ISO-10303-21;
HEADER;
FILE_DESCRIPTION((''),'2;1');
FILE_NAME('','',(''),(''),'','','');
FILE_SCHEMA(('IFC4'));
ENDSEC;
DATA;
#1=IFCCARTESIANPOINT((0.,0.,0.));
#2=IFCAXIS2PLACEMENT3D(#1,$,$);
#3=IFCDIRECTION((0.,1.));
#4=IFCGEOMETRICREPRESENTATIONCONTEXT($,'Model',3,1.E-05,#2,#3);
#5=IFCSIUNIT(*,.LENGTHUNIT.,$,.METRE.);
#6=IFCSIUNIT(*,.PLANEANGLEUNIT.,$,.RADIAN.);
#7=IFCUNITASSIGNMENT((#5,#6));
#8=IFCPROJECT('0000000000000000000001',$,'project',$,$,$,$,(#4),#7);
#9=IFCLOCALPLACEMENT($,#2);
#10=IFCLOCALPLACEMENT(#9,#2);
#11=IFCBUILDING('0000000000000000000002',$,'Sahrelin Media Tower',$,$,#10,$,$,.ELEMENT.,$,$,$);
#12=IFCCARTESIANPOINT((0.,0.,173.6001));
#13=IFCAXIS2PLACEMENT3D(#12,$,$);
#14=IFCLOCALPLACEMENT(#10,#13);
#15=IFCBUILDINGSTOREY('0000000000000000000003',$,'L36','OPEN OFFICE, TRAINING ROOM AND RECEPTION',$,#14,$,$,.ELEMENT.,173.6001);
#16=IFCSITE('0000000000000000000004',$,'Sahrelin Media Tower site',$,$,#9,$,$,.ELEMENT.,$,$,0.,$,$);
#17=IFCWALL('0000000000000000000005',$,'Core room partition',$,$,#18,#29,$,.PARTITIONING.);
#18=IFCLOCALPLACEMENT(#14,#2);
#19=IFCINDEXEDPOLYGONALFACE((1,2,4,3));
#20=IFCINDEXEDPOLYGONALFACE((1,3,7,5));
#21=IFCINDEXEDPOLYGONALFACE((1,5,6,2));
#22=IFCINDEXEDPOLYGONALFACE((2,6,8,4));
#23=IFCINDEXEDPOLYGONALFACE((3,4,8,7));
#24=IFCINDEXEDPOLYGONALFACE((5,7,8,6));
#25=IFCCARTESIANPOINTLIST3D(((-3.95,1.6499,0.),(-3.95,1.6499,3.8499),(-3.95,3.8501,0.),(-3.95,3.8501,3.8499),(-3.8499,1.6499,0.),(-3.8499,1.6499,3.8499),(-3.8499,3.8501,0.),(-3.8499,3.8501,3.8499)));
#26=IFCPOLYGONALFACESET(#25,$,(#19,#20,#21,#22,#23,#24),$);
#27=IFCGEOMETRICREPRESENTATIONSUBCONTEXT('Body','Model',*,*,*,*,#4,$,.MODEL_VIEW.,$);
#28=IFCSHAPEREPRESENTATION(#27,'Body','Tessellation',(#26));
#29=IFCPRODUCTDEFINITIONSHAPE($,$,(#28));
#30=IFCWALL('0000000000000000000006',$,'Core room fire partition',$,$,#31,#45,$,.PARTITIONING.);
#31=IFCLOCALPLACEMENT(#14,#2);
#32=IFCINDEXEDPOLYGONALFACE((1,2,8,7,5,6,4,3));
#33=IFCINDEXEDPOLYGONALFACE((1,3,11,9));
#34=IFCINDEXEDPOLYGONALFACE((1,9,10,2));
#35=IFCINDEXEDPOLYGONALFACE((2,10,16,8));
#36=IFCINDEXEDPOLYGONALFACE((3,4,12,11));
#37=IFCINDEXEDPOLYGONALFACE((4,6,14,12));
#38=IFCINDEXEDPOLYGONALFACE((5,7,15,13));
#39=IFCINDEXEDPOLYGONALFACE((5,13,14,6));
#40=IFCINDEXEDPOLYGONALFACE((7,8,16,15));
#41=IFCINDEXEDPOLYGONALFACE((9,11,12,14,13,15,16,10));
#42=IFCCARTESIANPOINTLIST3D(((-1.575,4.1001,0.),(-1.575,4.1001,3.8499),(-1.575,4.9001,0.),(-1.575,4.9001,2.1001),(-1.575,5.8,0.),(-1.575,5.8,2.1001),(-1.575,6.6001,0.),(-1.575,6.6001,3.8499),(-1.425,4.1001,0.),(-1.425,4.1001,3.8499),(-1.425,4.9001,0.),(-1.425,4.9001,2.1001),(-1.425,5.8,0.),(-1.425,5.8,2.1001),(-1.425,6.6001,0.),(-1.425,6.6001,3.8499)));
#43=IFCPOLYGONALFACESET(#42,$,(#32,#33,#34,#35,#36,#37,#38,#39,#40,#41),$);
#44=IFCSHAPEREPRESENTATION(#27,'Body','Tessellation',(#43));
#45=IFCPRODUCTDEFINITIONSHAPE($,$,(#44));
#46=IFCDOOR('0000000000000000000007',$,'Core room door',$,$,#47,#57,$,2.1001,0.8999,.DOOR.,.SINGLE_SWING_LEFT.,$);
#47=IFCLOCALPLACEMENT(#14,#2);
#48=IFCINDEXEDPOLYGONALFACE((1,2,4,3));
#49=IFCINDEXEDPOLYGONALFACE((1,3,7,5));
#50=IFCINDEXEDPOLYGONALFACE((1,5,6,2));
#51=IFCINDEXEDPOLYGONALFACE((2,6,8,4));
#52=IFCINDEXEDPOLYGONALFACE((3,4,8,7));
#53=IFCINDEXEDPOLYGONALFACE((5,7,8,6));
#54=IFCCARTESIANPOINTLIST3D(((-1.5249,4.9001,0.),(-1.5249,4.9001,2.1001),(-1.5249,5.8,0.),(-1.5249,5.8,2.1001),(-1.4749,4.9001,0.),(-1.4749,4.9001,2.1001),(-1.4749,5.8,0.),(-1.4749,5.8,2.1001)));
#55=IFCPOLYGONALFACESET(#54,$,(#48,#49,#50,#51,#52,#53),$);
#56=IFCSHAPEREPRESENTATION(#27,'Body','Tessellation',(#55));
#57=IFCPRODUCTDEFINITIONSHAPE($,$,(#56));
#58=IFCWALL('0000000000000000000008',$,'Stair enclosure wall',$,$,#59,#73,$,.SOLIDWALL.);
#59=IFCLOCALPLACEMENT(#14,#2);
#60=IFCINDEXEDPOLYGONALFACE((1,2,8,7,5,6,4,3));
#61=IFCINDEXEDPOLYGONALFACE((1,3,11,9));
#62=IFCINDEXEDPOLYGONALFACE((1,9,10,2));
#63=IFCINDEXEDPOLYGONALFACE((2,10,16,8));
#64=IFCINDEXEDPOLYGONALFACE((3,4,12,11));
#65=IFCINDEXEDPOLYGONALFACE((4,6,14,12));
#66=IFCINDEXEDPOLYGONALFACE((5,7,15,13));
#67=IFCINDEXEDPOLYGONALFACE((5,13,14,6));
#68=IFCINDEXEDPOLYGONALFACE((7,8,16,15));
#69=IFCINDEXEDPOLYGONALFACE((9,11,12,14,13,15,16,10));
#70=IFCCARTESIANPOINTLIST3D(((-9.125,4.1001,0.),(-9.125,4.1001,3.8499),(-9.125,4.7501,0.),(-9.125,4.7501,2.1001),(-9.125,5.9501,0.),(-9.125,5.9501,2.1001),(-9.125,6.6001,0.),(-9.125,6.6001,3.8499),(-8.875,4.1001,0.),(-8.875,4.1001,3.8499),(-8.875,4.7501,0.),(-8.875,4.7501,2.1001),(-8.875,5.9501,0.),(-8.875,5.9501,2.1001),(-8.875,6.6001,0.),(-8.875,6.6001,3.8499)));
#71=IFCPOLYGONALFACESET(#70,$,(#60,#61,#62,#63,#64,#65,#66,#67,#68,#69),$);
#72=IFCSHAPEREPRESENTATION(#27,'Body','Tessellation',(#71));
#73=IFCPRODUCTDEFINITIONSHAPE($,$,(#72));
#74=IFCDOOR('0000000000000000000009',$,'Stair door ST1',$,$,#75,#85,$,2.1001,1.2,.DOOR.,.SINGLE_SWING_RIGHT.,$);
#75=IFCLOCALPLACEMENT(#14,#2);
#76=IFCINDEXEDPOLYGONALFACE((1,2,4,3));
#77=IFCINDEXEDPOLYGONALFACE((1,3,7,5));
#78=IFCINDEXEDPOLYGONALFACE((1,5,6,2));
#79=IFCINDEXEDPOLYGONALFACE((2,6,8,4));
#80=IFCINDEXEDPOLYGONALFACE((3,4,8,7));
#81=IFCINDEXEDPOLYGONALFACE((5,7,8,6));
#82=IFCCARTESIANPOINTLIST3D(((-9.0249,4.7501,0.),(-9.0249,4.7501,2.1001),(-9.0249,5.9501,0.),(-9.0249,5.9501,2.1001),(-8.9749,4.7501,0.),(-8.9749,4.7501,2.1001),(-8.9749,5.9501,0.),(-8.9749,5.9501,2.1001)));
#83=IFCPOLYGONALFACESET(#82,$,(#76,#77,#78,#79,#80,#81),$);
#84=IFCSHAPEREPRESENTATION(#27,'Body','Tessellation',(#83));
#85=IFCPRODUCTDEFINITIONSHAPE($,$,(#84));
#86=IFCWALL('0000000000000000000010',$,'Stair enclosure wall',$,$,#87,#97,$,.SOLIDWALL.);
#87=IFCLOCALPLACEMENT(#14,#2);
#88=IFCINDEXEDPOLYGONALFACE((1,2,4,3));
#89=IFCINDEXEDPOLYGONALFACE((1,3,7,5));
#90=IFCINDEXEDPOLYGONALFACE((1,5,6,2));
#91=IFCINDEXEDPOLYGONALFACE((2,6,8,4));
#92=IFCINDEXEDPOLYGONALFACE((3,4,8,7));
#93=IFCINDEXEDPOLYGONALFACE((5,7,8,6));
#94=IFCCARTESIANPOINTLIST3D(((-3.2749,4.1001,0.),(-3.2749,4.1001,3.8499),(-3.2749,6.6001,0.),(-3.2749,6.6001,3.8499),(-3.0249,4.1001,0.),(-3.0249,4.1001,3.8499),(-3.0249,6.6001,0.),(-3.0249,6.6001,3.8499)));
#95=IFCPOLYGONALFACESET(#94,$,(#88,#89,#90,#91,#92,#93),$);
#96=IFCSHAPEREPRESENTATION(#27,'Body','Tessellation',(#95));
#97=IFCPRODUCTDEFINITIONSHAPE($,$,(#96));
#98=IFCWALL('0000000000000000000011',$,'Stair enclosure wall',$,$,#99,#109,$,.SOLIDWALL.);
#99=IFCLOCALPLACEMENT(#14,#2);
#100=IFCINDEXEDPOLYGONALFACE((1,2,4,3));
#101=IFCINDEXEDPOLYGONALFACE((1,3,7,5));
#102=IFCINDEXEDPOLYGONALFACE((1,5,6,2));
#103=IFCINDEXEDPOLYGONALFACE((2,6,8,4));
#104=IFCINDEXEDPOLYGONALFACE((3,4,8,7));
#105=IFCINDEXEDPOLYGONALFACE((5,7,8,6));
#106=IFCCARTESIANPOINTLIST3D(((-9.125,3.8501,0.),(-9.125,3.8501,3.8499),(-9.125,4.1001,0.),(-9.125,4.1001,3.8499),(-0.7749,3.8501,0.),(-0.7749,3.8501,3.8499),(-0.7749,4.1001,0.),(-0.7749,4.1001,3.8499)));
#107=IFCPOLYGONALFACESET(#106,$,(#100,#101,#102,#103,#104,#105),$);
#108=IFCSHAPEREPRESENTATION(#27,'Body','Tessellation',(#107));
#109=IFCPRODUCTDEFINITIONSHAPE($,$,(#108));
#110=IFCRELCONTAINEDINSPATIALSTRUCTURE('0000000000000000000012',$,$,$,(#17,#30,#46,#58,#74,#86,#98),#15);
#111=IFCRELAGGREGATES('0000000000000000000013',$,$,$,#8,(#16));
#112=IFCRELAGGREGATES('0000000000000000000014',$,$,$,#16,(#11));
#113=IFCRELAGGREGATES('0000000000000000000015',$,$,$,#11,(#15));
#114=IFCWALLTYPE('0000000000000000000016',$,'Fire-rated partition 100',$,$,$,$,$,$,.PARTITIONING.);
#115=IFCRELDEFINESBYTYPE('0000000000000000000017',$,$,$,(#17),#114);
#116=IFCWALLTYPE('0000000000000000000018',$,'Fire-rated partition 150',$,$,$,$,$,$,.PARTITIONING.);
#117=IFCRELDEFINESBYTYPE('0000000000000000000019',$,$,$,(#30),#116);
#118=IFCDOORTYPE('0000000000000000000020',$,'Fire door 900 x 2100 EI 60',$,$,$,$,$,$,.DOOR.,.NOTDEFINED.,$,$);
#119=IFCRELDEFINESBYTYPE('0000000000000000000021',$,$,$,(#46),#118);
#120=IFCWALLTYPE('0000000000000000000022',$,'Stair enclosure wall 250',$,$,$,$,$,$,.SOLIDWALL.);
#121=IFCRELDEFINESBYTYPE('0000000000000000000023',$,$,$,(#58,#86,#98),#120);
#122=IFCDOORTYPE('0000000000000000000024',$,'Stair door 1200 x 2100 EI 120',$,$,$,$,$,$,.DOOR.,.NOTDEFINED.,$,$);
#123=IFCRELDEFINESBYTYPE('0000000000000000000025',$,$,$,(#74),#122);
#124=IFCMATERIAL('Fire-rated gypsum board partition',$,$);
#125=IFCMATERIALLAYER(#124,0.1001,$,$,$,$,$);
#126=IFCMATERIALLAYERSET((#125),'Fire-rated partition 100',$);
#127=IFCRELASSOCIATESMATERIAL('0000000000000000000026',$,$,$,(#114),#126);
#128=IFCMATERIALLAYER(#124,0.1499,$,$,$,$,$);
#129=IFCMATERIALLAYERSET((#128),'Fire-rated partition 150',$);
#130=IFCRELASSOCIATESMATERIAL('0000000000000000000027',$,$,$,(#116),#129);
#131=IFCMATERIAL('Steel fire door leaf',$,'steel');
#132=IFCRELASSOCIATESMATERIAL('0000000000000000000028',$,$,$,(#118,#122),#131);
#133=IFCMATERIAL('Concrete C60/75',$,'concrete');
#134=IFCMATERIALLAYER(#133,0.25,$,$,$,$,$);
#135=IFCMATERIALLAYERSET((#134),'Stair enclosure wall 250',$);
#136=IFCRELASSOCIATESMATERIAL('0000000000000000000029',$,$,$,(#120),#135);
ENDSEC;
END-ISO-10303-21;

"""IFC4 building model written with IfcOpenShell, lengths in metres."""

from ifc_helpers import new_model, si_unit, direction, frame, frame_2d, origin, place, context, subcontext, project, spatial, rectangle, extrude, material, layer, layer_set, type_object, element, fill, save


model = new_model("IFC4")

# Units and contexts
model_context = context("Model", 3, precision=1e-05, world=origin(), true_north=direction((0.0, 1.0)))
body_context = subcontext(model_context, "Body", "Model", "MODEL_VIEW")
ifc_project = project(units=[si_unit("LENGTHUNIT", "METRE"), si_unit("PLANEANGLEUNIT", "RADIAN")], contexts=[model_context])

# Site, building, storey
site_placement = place(None, origin())
site = spatial("IfcSite", under=ifc_project, at=site_placement, Name="Sahrelin Media Tower site", CompositionType="ELEMENT", RefElevation=0.0)
building_placement = place(site_placement, origin())
building = spatial("IfcBuilding", under=site, at=building_placement, Name="Sahrelin Media Tower", CompositionType="ELEMENT")
storey_placement = place(building_placement, frame((0.0, 0.0, 173.6001)))
storey = spatial("IfcBuildingStorey", under=building, at=storey_placement, Name="L36", Description="OPEN OFFICE, TRAINING ROOM AND RECEPTION", CompositionType="ELEMENT", Elevation=173.6001)

# Shared definitions
ifc_material_1 = material(Name="Concrete C60/75", Category="concrete")

# Shared definitions
ifc_material_2 = material(Name="Fire-rated gypsum board partition")
ifc_material_3 = material(Name="Steel fire door leaf", Category="steel")

# Wall
ifc_layer_1 = layer(ifc_material_2, 0.1001)
ifc_layer_set_1 = layer_set([ifc_layer_1], Name="Fire-rated partition 100")
wall_type_1 = type_object("IfcWallType", Name="Fire-rated partition 100", PredefinedType="PARTITIONING", material=ifc_layer_set_1)
wall_1_placement = place(storey_placement, frame((-3.8999, 1.6499, 0.0), z_axis=(0.0, 0.0, 1.0), x_axis=(0.0, 1.0, 0.0)))
element("IfcWall", 1, at=wall_1_placement, inside=storey, type_object=wall_type_1, Name="Core room partition", PredefinedType="PARTITIONING", context=body_context, shape_type="SweptSolid", body=[
    extrude(rectangle(XDim=2.2002, YDim=0.1001, at=frame_2d((1.1001, 0.0))), origin(), (0.0, 0.0, 1.0), 3.8499),
])

# Walls, openings, doors
ifc_layer_2 = layer(ifc_material_2, 0.1499)
ifc_layer_set_2 = layer_set([ifc_layer_2], Name="Fire-rated partition 150")
wall_type_2 = type_object("IfcWallType", Name="Fire-rated partition 150", PredefinedType="PARTITIONING", material=ifc_layer_set_2)
wall_2_placement = place(storey_placement, frame((-1.5, 4.1001, 0.0), z_axis=(0.0, 0.0, 1.0), x_axis=(0.0, 1.0, 0.0)))
wall_2 = element("IfcWall", 2, at=wall_2_placement, inside=storey, type_object=wall_type_2, Name="Core room fire partition", PredefinedType="PARTITIONING", context=body_context, shape_type="SweptSolid", body=[
    extrude(rectangle(XDim=2.5, YDim=0.1499, at=frame_2d((1.25, 0.0))), origin(), (0.0, 0.0, 1.0), 3.8499),
])
opening_1_placement = place(wall_2_placement, frame((0.8, 0.0, 0.0)))
opening_1 = element("IfcOpeningElement", 3, at=opening_1_placement, cuts=wall_2, PredefinedType="OPENING", context=body_context, shape_type="SweptSolid", body=[
    extrude(rectangle(XDim=0.8999, YDim=2.1001, at=frame_2d((0.45, 1.05))), frame((0.0, 0.075, 0.0), z_axis=(0.0, -1.0, 0.0), x_axis=(1.0, 0.0, 0.0)), (0.0, 0.0, 1.0), 0.1499),
])
door_type_1 = type_object("IfcDoorType", Name="Fire door 900 x 2100 EI 60", OperationType="NOTDEFINED", PredefinedType="DOOR", material=ifc_material_3)
door_1_placement = place(opening_1_placement, origin())
door_1 = element("IfcDoor", 4, at=door_1_placement, inside=storey, type_object=door_type_1, Name="Core room door", OperationType="SINGLE_SWING_LEFT", OverallHeight=2.1001, OverallWidth=0.8999, PredefinedType="DOOR", context=body_context, shape_type="SweptSolid", body=[
    extrude(rectangle(XDim=0.8999, YDim=2.1001, at=frame_2d((0.45, 1.05))), frame((0.0, 0.0249, 0.0), z_axis=(0.0, -1.0, 0.0), x_axis=(1.0, 0.0, 0.0)), (0.0, 0.0, 1.0), 0.05),
])
fill(opening_1, door_1)
ifc_layer_3 = layer(ifc_material_1, 0.25)
ifc_layer_set_3 = layer_set([ifc_layer_3], Name="Stair enclosure wall 250")
wall_type_3 = type_object("IfcWallType", Name="Stair enclosure wall 250", PredefinedType="SOLIDWALL", material=ifc_layer_set_3)
wall_3_placement = place(storey_placement, frame((-9.0, 4.1001, 0.0), z_axis=(0.0, 0.0, 1.0), x_axis=(0.0, 1.0, 0.0)))
wall_3 = element("IfcWall", 5, at=wall_3_placement, inside=storey, type_object=wall_type_3, Name="Stair enclosure wall", PredefinedType="SOLIDWALL", context=body_context, shape_type="SweptSolid", body=[
    extrude(rectangle(XDim=2.5, YDim=0.25, at=frame_2d((1.25, 0.0))), origin(), (0.0, 0.0, 1.0), 3.8499),
])
opening_2_placement = place(wall_3_placement, frame((0.6499, 0.0, 0.0)))
opening_2 = element("IfcOpeningElement", 6, at=opening_2_placement, cuts=wall_3, PredefinedType="OPENING", context=body_context, shape_type="SweptSolid", body=[
    extrude(rectangle(XDim=1.2, YDim=2.1001, at=frame_2d((0.6001, 1.05))), frame((0.0, 0.125, 0.0), z_axis=(0.0, -1.0, 0.0), x_axis=(1.0, 0.0, 0.0)), (0.0, 0.0, 1.0), 0.25),
])
door_type_2 = type_object("IfcDoorType", Name="Stair door 1200 x 2100 EI 120", OperationType="NOTDEFINED", PredefinedType="DOOR", material=ifc_material_3)
door_2_placement = place(opening_2_placement, origin())
door_2 = element("IfcDoor", 7, at=door_2_placement, inside=storey, type_object=door_type_2, Name="Stair door ST1", OperationType="SINGLE_SWING_RIGHT", OverallHeight=2.1001, OverallWidth=1.2, PredefinedType="DOOR", context=body_context, shape_type="SweptSolid", body=[
    extrude(rectangle(XDim=1.2, YDim=2.1001, at=frame_2d((0.6001, 1.05))), frame((0.0, 0.0249, 0.0), z_axis=(0.0, -1.0, 0.0), x_axis=(1.0, 0.0, 0.0)), (0.0, 0.0, 1.0), 0.05),
])
fill(opening_2, door_2)

# Walls
wall_4_placement = place(storey_placement, frame((-3.1499, 4.1001, 0.0), z_axis=(0.0, 0.0, 1.0), x_axis=(0.0, 1.0, 0.0)))
element("IfcWall", 8, at=wall_4_placement, inside=storey, type_object=wall_type_3, Name="Stair enclosure wall", PredefinedType="SOLIDWALL", context=body_context, shape_type="SweptSolid", body=[
    extrude(rectangle(XDim=2.5, YDim=0.25, at=frame_2d((1.25, 0.0))), origin(), (0.0, 0.0, 1.0), 3.8499),
])
wall_5_placement = place(storey_placement, frame((-9.125, 3.9751, 0.0), z_axis=(0.0, 0.0, 1.0), x_axis=(1.0, 0.0, 0.0)))
element("IfcWall", 9, at=wall_5_placement, inside=storey, type_object=wall_type_3, Name="Stair enclosure wall", PredefinedType="SOLIDWALL", context=body_context, shape_type="SweptSolid", body=[
    extrude(rectangle(XDim=8.3501, YDim=0.25, at=frame_2d((4.175, 0.0))), origin(), (0.0, 0.0, 1.0), 3.8499),
])

save(model, "model.ifc")
